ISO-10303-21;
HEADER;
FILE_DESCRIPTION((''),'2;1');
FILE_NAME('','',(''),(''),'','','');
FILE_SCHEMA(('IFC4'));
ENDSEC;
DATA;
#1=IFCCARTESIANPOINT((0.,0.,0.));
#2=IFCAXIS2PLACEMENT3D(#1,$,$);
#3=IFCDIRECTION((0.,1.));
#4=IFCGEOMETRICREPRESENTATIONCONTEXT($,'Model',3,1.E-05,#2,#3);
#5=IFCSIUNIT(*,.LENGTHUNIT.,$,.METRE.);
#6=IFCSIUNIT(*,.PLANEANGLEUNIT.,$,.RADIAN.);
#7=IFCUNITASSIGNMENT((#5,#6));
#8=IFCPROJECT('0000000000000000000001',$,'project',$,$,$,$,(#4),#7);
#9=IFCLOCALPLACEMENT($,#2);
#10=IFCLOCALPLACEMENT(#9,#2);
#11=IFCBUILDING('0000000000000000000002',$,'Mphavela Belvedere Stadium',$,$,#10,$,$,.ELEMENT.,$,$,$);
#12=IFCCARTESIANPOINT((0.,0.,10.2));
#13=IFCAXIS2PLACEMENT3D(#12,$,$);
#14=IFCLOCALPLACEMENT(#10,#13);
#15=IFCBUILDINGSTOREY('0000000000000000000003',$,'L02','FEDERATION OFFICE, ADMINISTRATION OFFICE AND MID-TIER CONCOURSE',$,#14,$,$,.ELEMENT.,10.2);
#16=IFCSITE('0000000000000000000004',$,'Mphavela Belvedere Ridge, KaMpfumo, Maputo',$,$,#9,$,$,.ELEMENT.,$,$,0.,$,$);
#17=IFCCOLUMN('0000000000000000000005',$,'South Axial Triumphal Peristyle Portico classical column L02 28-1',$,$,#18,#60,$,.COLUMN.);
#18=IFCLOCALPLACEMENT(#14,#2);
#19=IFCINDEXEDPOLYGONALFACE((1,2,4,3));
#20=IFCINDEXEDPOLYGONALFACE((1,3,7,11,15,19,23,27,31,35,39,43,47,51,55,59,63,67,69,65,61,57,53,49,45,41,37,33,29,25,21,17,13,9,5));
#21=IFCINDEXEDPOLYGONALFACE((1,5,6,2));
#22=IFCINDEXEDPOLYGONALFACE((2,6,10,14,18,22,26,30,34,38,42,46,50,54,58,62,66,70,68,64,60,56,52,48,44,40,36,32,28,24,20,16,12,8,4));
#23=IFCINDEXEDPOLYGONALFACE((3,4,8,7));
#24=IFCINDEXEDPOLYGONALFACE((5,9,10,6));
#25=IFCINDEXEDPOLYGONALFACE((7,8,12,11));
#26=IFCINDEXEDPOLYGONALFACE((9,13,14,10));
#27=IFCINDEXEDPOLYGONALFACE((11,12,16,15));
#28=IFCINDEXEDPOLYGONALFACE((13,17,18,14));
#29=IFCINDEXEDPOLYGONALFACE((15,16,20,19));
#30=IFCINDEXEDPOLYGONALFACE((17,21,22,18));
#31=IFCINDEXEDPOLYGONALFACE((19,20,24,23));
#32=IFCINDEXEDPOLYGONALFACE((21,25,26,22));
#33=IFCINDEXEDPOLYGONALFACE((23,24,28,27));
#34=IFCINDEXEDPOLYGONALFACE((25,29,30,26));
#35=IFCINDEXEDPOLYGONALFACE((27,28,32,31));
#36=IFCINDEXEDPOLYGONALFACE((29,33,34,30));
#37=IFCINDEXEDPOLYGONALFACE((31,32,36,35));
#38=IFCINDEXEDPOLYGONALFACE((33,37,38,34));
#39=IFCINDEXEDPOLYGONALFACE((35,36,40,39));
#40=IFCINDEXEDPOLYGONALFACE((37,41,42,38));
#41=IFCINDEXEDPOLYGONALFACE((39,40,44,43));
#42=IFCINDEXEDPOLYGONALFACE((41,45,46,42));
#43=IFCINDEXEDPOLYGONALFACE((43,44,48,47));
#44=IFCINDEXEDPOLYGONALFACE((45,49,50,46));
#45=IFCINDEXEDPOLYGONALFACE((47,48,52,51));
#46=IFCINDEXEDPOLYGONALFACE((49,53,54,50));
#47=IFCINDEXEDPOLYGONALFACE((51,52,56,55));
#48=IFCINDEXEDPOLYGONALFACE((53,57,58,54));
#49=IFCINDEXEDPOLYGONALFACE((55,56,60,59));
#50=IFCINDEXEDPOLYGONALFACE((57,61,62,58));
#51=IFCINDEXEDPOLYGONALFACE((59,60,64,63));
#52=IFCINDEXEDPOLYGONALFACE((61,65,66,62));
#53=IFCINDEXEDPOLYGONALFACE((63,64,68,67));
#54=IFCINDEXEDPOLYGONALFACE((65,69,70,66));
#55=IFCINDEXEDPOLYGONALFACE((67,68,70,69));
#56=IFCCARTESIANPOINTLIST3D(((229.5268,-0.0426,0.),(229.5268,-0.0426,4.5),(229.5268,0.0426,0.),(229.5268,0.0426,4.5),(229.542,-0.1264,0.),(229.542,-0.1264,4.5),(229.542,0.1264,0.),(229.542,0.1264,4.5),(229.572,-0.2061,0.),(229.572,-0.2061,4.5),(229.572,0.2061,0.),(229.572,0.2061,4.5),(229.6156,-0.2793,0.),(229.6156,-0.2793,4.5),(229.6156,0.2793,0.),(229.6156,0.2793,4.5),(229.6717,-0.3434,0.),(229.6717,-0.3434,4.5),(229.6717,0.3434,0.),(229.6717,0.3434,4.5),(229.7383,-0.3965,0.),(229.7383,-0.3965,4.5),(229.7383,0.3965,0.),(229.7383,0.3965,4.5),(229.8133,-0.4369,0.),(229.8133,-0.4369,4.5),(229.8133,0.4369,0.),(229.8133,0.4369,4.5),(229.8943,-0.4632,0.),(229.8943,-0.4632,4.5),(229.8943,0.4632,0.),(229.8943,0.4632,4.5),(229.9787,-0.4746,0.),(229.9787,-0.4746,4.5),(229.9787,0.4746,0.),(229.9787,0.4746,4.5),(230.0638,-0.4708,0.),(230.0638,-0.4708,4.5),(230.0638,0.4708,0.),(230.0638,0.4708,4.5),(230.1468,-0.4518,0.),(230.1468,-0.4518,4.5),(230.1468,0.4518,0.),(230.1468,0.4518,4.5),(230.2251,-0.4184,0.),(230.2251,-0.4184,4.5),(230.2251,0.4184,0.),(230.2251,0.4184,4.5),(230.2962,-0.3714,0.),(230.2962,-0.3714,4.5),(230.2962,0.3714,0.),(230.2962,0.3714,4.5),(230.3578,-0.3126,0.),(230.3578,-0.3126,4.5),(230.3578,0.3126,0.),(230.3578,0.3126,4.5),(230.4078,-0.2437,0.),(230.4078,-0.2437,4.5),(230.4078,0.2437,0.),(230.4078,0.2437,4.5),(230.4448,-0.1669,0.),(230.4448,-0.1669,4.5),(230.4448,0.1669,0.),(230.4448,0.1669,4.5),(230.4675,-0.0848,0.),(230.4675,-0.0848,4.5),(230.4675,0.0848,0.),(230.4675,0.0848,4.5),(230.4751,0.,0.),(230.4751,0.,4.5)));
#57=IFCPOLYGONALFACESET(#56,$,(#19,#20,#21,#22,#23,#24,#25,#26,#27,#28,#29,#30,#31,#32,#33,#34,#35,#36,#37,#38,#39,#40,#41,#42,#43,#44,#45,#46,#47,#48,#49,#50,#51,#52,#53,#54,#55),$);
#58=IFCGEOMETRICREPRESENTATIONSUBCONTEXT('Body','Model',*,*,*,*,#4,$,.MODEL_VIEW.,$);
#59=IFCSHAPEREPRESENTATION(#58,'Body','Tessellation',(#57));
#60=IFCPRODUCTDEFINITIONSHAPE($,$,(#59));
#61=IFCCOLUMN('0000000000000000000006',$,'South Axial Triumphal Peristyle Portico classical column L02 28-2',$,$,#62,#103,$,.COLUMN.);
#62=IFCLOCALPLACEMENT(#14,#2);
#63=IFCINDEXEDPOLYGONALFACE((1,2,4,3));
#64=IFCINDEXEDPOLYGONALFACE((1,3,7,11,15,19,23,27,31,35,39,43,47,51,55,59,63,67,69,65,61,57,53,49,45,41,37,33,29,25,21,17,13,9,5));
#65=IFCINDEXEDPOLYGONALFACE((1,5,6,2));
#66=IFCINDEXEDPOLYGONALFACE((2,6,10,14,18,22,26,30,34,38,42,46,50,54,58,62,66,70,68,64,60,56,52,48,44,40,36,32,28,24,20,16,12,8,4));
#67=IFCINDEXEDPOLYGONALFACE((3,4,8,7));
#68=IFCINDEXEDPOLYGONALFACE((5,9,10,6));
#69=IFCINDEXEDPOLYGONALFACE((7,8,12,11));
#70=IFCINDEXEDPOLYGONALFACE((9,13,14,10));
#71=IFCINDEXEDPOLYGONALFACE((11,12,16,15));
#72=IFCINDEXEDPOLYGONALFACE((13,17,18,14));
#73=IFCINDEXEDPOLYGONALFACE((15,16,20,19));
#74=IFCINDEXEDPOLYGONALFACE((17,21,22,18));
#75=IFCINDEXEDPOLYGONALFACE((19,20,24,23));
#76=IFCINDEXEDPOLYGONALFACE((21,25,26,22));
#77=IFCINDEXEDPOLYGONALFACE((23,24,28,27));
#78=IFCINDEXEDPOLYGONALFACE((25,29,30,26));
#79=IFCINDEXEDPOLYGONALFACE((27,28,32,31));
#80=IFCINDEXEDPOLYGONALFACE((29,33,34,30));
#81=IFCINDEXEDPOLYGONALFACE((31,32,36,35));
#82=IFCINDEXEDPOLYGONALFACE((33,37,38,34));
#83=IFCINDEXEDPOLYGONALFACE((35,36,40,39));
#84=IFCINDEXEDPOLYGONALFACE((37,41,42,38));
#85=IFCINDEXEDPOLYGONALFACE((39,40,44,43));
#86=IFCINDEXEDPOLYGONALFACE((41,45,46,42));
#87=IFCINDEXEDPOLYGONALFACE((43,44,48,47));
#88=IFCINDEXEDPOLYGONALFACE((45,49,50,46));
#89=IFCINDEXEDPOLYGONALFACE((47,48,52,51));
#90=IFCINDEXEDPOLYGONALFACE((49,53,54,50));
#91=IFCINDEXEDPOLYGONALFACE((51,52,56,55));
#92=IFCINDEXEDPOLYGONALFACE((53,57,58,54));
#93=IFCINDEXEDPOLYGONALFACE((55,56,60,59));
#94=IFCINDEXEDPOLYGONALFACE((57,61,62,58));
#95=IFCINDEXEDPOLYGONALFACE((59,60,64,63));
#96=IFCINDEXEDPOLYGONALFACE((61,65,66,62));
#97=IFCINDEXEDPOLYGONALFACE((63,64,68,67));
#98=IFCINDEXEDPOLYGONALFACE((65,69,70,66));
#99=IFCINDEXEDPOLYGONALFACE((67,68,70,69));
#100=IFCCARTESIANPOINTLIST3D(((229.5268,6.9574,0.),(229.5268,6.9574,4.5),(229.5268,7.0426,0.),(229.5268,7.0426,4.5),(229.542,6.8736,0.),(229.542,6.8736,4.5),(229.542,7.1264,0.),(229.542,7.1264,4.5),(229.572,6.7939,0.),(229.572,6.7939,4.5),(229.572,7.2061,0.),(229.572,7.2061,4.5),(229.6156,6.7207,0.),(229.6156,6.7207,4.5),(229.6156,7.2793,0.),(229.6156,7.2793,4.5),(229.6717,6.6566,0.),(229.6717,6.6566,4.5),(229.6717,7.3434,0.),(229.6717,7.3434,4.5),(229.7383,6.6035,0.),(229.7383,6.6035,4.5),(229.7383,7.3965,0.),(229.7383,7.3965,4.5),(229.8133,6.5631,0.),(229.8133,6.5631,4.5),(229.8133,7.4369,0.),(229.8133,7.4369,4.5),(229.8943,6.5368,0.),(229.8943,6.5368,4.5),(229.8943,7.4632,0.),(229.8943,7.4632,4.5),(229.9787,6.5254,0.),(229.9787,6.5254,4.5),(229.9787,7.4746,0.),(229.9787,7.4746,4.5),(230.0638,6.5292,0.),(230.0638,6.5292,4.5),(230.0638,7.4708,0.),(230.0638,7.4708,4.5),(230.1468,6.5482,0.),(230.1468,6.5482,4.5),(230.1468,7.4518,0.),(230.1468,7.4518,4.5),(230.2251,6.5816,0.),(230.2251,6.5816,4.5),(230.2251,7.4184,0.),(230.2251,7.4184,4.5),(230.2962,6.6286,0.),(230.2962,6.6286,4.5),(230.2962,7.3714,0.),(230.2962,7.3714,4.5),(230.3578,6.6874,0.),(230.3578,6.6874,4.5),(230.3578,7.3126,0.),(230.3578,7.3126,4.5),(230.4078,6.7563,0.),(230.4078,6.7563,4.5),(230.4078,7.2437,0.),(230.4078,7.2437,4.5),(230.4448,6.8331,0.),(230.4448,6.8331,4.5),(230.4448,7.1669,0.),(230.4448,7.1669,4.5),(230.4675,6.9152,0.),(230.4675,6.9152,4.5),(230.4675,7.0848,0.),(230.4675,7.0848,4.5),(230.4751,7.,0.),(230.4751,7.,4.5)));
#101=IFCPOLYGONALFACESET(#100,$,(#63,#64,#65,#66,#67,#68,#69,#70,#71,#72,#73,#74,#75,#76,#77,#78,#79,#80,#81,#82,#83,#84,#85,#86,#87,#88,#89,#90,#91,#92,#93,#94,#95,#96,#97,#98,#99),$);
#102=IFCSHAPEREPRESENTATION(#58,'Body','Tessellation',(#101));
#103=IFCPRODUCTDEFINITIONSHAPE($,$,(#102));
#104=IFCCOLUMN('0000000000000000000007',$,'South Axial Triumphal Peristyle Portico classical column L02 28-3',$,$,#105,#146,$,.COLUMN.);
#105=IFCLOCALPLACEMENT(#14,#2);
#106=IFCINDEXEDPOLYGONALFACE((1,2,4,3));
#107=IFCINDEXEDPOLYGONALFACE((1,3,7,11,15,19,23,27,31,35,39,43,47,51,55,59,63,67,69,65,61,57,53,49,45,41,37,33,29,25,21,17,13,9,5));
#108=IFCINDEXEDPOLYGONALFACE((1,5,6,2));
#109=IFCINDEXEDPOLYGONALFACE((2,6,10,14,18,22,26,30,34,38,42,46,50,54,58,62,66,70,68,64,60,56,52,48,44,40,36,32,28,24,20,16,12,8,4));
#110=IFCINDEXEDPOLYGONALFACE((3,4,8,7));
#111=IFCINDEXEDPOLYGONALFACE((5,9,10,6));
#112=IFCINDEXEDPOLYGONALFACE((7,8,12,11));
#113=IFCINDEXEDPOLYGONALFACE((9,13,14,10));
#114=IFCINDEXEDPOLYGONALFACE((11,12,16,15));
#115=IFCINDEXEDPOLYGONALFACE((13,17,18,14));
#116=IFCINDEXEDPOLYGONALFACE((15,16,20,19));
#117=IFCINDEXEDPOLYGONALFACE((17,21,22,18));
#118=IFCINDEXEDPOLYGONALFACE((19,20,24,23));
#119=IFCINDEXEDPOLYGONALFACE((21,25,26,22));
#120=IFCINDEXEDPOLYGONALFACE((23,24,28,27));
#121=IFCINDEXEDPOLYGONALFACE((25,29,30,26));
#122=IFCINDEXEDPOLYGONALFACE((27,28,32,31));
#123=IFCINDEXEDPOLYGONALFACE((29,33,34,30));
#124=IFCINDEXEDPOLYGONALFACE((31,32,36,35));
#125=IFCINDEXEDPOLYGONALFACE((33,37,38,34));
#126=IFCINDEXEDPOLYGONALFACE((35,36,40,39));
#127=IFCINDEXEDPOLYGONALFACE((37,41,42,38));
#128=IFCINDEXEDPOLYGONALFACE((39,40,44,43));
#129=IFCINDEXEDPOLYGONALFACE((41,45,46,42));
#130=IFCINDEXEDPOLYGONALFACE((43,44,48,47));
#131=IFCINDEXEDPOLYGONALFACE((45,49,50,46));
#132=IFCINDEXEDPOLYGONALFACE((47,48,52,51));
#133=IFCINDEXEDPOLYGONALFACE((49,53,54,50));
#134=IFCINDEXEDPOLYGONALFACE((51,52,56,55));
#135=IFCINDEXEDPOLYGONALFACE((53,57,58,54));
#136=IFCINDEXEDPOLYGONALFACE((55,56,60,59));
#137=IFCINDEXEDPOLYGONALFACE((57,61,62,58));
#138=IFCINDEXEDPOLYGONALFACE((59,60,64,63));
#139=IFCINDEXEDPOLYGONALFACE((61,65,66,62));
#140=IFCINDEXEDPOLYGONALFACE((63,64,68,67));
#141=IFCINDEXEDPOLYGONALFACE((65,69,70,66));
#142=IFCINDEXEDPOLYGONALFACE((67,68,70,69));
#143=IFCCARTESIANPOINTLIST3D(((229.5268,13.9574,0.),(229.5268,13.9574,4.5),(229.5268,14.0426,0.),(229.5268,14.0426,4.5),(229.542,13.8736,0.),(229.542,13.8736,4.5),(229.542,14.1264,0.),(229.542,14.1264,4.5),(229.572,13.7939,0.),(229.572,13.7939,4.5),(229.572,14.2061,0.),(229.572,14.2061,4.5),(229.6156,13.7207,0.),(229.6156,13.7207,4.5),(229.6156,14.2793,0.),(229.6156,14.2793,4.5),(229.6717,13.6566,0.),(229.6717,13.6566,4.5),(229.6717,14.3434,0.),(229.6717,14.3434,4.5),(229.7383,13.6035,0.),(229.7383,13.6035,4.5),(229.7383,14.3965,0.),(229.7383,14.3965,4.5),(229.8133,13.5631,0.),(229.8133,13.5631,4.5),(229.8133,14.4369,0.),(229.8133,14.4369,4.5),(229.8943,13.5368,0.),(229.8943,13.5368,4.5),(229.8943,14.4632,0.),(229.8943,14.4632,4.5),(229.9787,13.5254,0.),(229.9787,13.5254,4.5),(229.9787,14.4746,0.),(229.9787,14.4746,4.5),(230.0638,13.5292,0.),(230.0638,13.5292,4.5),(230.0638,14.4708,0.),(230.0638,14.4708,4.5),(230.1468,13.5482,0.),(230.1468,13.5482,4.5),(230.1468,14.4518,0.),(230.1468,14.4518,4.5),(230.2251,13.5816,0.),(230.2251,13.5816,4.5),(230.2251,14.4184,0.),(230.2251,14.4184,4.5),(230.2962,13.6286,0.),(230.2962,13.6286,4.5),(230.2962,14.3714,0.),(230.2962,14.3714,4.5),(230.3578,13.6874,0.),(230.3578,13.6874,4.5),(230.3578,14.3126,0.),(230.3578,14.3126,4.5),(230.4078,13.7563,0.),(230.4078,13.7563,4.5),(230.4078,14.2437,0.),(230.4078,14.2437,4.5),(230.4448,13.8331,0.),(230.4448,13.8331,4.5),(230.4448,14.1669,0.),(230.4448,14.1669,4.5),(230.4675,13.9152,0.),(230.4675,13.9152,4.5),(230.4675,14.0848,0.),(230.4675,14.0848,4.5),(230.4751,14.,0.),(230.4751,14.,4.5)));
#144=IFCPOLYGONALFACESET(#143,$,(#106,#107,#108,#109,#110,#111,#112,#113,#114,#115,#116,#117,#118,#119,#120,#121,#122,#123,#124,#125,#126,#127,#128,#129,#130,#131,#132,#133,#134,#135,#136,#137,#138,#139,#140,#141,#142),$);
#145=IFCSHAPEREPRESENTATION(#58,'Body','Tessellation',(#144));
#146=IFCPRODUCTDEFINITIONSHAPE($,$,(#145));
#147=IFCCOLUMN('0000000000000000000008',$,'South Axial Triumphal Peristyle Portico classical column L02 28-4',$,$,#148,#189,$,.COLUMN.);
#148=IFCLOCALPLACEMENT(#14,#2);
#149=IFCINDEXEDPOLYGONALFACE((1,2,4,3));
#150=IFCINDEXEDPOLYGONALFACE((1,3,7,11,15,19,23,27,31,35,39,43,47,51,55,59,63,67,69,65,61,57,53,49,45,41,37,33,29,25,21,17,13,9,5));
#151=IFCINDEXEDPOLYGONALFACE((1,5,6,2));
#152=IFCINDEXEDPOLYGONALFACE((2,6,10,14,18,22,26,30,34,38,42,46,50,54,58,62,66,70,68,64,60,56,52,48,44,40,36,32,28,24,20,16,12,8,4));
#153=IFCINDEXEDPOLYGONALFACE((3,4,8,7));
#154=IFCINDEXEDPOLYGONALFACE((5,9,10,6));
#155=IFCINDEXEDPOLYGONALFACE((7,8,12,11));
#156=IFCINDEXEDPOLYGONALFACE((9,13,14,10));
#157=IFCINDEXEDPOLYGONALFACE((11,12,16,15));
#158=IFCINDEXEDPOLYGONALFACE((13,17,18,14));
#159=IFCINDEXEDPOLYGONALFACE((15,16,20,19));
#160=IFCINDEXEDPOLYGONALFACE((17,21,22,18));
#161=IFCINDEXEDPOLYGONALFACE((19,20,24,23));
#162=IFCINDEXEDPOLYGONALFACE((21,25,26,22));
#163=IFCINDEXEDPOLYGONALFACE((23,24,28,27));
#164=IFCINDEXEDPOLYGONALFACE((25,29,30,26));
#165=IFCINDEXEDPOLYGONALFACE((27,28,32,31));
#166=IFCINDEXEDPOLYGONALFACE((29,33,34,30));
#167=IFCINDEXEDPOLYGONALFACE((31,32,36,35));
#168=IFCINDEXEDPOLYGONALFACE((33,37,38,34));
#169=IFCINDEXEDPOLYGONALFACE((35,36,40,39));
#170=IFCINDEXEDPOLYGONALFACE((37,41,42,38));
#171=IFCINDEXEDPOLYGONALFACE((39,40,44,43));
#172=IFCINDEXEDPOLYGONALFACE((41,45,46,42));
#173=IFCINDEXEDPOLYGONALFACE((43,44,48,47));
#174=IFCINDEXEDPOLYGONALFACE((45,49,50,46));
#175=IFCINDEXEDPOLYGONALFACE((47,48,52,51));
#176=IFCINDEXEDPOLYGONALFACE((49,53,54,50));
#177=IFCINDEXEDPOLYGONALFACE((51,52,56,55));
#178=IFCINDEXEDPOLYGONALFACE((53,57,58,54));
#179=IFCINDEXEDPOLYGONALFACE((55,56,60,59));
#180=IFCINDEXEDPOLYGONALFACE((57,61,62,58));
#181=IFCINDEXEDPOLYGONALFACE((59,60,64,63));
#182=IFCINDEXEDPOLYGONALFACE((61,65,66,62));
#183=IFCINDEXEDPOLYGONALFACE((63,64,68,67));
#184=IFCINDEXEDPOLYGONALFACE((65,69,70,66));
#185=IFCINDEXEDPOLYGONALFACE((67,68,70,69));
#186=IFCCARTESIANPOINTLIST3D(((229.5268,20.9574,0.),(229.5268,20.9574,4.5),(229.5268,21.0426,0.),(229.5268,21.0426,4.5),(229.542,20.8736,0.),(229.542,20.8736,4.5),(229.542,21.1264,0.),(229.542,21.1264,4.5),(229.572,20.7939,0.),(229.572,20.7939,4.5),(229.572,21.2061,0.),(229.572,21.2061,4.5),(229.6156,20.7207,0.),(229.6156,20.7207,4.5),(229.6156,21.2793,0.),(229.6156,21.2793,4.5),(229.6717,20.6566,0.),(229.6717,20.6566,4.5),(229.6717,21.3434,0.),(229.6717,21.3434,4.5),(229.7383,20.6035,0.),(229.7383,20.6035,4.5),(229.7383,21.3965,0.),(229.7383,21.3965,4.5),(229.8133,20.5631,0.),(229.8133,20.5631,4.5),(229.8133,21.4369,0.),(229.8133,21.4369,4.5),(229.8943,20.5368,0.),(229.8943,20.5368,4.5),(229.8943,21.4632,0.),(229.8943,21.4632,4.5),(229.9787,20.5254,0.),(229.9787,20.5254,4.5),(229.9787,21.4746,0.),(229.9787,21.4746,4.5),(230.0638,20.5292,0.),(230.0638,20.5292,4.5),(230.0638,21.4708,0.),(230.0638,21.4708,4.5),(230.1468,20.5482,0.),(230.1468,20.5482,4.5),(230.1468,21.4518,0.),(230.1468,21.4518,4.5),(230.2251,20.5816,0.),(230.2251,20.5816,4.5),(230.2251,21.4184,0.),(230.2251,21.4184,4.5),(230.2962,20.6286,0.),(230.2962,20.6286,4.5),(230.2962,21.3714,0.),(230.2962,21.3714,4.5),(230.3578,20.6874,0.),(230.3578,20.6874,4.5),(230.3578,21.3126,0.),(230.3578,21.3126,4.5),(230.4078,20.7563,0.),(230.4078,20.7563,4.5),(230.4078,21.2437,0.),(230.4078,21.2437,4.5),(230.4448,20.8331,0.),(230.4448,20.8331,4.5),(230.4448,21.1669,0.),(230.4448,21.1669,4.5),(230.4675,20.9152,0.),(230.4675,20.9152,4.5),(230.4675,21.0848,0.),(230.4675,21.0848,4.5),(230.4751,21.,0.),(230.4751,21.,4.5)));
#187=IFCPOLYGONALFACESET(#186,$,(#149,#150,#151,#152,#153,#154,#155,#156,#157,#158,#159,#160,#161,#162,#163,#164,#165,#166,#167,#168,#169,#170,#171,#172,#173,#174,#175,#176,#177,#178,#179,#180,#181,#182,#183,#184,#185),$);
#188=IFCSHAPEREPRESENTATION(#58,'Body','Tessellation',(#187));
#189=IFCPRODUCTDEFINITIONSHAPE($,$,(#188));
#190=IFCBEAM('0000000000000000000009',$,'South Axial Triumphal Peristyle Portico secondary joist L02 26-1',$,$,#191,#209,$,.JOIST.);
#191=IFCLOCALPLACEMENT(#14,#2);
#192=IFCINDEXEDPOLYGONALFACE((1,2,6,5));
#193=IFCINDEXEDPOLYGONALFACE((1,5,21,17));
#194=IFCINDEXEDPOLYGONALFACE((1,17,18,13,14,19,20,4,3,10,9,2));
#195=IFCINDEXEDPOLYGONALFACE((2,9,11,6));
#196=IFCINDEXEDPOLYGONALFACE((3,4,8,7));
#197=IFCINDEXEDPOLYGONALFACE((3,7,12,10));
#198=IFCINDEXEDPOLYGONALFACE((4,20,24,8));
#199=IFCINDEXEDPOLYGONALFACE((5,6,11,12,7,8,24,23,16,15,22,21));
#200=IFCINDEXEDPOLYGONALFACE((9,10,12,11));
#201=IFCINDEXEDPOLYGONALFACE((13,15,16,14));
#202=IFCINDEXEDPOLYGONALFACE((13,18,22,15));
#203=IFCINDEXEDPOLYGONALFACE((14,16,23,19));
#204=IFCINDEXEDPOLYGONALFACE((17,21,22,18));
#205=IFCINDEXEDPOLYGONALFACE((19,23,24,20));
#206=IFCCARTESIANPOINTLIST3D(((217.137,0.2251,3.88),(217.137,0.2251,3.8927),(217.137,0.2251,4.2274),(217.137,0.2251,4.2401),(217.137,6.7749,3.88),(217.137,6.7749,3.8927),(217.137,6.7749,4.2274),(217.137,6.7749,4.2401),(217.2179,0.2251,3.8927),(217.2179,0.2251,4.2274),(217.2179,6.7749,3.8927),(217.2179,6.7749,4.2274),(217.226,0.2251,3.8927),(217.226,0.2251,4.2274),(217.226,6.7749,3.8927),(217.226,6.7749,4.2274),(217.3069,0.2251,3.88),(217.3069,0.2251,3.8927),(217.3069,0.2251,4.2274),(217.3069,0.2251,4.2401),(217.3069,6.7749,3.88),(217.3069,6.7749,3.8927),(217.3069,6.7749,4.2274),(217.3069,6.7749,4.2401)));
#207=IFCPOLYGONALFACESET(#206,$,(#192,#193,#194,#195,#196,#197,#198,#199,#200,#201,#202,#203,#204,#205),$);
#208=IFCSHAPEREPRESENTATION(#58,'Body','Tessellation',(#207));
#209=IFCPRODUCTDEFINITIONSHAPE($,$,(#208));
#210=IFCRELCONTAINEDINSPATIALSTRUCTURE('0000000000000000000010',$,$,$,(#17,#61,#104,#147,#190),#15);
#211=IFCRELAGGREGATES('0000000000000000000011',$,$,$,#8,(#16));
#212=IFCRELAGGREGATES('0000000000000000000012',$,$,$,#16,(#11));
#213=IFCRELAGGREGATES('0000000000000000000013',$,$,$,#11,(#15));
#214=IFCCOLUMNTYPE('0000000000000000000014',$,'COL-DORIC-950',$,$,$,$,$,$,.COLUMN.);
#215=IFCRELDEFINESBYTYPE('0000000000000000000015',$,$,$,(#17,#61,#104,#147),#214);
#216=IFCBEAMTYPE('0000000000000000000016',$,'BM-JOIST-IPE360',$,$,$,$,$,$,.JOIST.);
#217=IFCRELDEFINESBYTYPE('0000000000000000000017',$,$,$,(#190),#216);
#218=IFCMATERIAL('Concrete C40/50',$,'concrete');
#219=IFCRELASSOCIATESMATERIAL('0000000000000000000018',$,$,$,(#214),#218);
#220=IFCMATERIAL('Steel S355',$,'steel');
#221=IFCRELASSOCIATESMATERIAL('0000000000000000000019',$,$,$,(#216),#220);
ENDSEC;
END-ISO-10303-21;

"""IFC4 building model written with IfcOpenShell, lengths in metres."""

from ifc_helpers import new_model, si_unit, direction, frame, origin, origin_2d, place, context, subcontext, project, spatial, circle, i_section, extrude, material, material_profile, profile_set, type_object, element, save


model = new_model("IFC4")

# Units and contexts
model_context = context("Model", 3, precision=1e-05, world=origin(), true_north=direction((0.0, 1.0)))
body_context = subcontext(model_context, "Body", "Model", "MODEL_VIEW")
ifc_project = project(units=[si_unit("LENGTHUNIT", "METRE"), si_unit("PLANEANGLEUNIT", "RADIAN")], contexts=[model_context])

# Site, building, storey
site_placement = place(None, origin())
site = spatial("IfcSite", under=ifc_project, at=site_placement, Name="Mphavela Belvedere Ridge, KaMpfumo, Maputo", CompositionType="ELEMENT", RefElevation=0.0)
building_placement = place(site_placement, origin())
building = spatial("IfcBuilding", under=site, at=building_placement, Name="Mphavela Belvedere Stadium", CompositionType="ELEMENT")
storey_placement = place(building_placement, frame((0.0, 0.0, 10.2)))
storey = spatial("IfcBuildingStorey", under=building, at=storey_placement, Name="L02", Description="FEDERATION OFFICE, ADMINISTRATION OFFICE AND MID-TIER CONCOURSE", CompositionType="ELEMENT", Elevation=10.2)

# Columns
ifc_material_1 = material(Name="Concrete C40/50", Category="concrete")
ifc_material_profile_1 = material_profile(ifc_material_1, circle(Radius=0.4751, at=origin_2d()), Name="COL D950")
ifc_profile_set_1 = profile_set([ifc_material_profile_1], Name="Concrete C40/50")
column_type = type_object("IfcColumnType", Name="COL-DORIC-950", PredefinedType="COLUMN", material=ifc_profile_set_1)
for number, where, z_axis, x_axis, name in (
    (1, (230.0, 0.0, 0.0), (0.0, 0.0, 1.0), (1.0, 0.0, 0.0), "South Axial Triumphal Peristyle Portico classical column L02 28-1"),
    (2, (230.0, 7.0, 0.0), (0.0, 0.0, 1.0), (1.0, 0.0, 0.0), "South Axial Triumphal Peristyle Portico classical column L02 28-2"),
    (3, (230.0, 14.0, 0.0), (0.0, 0.0, 1.0), (1.0, 0.0, 0.0), "South Axial Triumphal Peristyle Portico classical column L02 28-3"),
    (4, (230.0, 21.0, 0.0), (0.0, 0.0, 1.0), (1.0, 0.0, 0.0), "South Axial Triumphal Peristyle Portico classical column L02 28-4"),
):
    element("IfcColumn", number, at=place(storey_placement, frame(where, z_axis=z_axis, x_axis=x_axis)), inside=storey, type_object=column_type, Name=name, PredefinedType="COLUMN", context=body_context, shape_type="SweptSolid", body=[
        extrude(circle(Radius=0.4751, at=origin_2d()), origin(), (0.0, 0.0, 1.0), 4.5),
    ])

# Beam
ifc_material_2 = material(Name="Steel S355", Category="steel")
ifc_material_profile_2 = material_profile(ifc_material_2, i_section(OverallWidth=0.1699, OverallDepth=0.3601, WebThickness=0.0081, FlangeThickness=0.0127, at=origin_2d()), Name="IPE 360")
ifc_profile_set_2 = profile_set([ifc_material_profile_2], Name="Steel S355")
beam_type_1 = type_object("IfcBeamType", Name="BM-JOIST-IPE360", PredefinedType="JOIST", material=ifc_profile_set_2)
for number, where, z_axis, x_axis, name in (
    (5, (217.2219, 0.2251, 4.0601), (0.0, 1.0, 0.0), (-1.0, 0.0, 0.0), "South Axial Triumphal Peristyle Portico secondary joist L02 26-1"),
):
    element("IfcBeam", number, at=place(storey_placement, frame(where, z_axis=z_axis, x_axis=x_axis)), inside=storey, type_object=beam_type_1, Name=name, PredefinedType="JOIST", context=body_context, shape_type="SweptSolid", body=[
        extrude(i_section(OverallWidth=0.1699, OverallDepth=0.3601, WebThickness=0.0081, FlangeThickness=0.0127, at=origin_2d()), origin(), (0.0, 0.0, 1.0), 6.5498),
    ])

save(model, "model.ifc")
